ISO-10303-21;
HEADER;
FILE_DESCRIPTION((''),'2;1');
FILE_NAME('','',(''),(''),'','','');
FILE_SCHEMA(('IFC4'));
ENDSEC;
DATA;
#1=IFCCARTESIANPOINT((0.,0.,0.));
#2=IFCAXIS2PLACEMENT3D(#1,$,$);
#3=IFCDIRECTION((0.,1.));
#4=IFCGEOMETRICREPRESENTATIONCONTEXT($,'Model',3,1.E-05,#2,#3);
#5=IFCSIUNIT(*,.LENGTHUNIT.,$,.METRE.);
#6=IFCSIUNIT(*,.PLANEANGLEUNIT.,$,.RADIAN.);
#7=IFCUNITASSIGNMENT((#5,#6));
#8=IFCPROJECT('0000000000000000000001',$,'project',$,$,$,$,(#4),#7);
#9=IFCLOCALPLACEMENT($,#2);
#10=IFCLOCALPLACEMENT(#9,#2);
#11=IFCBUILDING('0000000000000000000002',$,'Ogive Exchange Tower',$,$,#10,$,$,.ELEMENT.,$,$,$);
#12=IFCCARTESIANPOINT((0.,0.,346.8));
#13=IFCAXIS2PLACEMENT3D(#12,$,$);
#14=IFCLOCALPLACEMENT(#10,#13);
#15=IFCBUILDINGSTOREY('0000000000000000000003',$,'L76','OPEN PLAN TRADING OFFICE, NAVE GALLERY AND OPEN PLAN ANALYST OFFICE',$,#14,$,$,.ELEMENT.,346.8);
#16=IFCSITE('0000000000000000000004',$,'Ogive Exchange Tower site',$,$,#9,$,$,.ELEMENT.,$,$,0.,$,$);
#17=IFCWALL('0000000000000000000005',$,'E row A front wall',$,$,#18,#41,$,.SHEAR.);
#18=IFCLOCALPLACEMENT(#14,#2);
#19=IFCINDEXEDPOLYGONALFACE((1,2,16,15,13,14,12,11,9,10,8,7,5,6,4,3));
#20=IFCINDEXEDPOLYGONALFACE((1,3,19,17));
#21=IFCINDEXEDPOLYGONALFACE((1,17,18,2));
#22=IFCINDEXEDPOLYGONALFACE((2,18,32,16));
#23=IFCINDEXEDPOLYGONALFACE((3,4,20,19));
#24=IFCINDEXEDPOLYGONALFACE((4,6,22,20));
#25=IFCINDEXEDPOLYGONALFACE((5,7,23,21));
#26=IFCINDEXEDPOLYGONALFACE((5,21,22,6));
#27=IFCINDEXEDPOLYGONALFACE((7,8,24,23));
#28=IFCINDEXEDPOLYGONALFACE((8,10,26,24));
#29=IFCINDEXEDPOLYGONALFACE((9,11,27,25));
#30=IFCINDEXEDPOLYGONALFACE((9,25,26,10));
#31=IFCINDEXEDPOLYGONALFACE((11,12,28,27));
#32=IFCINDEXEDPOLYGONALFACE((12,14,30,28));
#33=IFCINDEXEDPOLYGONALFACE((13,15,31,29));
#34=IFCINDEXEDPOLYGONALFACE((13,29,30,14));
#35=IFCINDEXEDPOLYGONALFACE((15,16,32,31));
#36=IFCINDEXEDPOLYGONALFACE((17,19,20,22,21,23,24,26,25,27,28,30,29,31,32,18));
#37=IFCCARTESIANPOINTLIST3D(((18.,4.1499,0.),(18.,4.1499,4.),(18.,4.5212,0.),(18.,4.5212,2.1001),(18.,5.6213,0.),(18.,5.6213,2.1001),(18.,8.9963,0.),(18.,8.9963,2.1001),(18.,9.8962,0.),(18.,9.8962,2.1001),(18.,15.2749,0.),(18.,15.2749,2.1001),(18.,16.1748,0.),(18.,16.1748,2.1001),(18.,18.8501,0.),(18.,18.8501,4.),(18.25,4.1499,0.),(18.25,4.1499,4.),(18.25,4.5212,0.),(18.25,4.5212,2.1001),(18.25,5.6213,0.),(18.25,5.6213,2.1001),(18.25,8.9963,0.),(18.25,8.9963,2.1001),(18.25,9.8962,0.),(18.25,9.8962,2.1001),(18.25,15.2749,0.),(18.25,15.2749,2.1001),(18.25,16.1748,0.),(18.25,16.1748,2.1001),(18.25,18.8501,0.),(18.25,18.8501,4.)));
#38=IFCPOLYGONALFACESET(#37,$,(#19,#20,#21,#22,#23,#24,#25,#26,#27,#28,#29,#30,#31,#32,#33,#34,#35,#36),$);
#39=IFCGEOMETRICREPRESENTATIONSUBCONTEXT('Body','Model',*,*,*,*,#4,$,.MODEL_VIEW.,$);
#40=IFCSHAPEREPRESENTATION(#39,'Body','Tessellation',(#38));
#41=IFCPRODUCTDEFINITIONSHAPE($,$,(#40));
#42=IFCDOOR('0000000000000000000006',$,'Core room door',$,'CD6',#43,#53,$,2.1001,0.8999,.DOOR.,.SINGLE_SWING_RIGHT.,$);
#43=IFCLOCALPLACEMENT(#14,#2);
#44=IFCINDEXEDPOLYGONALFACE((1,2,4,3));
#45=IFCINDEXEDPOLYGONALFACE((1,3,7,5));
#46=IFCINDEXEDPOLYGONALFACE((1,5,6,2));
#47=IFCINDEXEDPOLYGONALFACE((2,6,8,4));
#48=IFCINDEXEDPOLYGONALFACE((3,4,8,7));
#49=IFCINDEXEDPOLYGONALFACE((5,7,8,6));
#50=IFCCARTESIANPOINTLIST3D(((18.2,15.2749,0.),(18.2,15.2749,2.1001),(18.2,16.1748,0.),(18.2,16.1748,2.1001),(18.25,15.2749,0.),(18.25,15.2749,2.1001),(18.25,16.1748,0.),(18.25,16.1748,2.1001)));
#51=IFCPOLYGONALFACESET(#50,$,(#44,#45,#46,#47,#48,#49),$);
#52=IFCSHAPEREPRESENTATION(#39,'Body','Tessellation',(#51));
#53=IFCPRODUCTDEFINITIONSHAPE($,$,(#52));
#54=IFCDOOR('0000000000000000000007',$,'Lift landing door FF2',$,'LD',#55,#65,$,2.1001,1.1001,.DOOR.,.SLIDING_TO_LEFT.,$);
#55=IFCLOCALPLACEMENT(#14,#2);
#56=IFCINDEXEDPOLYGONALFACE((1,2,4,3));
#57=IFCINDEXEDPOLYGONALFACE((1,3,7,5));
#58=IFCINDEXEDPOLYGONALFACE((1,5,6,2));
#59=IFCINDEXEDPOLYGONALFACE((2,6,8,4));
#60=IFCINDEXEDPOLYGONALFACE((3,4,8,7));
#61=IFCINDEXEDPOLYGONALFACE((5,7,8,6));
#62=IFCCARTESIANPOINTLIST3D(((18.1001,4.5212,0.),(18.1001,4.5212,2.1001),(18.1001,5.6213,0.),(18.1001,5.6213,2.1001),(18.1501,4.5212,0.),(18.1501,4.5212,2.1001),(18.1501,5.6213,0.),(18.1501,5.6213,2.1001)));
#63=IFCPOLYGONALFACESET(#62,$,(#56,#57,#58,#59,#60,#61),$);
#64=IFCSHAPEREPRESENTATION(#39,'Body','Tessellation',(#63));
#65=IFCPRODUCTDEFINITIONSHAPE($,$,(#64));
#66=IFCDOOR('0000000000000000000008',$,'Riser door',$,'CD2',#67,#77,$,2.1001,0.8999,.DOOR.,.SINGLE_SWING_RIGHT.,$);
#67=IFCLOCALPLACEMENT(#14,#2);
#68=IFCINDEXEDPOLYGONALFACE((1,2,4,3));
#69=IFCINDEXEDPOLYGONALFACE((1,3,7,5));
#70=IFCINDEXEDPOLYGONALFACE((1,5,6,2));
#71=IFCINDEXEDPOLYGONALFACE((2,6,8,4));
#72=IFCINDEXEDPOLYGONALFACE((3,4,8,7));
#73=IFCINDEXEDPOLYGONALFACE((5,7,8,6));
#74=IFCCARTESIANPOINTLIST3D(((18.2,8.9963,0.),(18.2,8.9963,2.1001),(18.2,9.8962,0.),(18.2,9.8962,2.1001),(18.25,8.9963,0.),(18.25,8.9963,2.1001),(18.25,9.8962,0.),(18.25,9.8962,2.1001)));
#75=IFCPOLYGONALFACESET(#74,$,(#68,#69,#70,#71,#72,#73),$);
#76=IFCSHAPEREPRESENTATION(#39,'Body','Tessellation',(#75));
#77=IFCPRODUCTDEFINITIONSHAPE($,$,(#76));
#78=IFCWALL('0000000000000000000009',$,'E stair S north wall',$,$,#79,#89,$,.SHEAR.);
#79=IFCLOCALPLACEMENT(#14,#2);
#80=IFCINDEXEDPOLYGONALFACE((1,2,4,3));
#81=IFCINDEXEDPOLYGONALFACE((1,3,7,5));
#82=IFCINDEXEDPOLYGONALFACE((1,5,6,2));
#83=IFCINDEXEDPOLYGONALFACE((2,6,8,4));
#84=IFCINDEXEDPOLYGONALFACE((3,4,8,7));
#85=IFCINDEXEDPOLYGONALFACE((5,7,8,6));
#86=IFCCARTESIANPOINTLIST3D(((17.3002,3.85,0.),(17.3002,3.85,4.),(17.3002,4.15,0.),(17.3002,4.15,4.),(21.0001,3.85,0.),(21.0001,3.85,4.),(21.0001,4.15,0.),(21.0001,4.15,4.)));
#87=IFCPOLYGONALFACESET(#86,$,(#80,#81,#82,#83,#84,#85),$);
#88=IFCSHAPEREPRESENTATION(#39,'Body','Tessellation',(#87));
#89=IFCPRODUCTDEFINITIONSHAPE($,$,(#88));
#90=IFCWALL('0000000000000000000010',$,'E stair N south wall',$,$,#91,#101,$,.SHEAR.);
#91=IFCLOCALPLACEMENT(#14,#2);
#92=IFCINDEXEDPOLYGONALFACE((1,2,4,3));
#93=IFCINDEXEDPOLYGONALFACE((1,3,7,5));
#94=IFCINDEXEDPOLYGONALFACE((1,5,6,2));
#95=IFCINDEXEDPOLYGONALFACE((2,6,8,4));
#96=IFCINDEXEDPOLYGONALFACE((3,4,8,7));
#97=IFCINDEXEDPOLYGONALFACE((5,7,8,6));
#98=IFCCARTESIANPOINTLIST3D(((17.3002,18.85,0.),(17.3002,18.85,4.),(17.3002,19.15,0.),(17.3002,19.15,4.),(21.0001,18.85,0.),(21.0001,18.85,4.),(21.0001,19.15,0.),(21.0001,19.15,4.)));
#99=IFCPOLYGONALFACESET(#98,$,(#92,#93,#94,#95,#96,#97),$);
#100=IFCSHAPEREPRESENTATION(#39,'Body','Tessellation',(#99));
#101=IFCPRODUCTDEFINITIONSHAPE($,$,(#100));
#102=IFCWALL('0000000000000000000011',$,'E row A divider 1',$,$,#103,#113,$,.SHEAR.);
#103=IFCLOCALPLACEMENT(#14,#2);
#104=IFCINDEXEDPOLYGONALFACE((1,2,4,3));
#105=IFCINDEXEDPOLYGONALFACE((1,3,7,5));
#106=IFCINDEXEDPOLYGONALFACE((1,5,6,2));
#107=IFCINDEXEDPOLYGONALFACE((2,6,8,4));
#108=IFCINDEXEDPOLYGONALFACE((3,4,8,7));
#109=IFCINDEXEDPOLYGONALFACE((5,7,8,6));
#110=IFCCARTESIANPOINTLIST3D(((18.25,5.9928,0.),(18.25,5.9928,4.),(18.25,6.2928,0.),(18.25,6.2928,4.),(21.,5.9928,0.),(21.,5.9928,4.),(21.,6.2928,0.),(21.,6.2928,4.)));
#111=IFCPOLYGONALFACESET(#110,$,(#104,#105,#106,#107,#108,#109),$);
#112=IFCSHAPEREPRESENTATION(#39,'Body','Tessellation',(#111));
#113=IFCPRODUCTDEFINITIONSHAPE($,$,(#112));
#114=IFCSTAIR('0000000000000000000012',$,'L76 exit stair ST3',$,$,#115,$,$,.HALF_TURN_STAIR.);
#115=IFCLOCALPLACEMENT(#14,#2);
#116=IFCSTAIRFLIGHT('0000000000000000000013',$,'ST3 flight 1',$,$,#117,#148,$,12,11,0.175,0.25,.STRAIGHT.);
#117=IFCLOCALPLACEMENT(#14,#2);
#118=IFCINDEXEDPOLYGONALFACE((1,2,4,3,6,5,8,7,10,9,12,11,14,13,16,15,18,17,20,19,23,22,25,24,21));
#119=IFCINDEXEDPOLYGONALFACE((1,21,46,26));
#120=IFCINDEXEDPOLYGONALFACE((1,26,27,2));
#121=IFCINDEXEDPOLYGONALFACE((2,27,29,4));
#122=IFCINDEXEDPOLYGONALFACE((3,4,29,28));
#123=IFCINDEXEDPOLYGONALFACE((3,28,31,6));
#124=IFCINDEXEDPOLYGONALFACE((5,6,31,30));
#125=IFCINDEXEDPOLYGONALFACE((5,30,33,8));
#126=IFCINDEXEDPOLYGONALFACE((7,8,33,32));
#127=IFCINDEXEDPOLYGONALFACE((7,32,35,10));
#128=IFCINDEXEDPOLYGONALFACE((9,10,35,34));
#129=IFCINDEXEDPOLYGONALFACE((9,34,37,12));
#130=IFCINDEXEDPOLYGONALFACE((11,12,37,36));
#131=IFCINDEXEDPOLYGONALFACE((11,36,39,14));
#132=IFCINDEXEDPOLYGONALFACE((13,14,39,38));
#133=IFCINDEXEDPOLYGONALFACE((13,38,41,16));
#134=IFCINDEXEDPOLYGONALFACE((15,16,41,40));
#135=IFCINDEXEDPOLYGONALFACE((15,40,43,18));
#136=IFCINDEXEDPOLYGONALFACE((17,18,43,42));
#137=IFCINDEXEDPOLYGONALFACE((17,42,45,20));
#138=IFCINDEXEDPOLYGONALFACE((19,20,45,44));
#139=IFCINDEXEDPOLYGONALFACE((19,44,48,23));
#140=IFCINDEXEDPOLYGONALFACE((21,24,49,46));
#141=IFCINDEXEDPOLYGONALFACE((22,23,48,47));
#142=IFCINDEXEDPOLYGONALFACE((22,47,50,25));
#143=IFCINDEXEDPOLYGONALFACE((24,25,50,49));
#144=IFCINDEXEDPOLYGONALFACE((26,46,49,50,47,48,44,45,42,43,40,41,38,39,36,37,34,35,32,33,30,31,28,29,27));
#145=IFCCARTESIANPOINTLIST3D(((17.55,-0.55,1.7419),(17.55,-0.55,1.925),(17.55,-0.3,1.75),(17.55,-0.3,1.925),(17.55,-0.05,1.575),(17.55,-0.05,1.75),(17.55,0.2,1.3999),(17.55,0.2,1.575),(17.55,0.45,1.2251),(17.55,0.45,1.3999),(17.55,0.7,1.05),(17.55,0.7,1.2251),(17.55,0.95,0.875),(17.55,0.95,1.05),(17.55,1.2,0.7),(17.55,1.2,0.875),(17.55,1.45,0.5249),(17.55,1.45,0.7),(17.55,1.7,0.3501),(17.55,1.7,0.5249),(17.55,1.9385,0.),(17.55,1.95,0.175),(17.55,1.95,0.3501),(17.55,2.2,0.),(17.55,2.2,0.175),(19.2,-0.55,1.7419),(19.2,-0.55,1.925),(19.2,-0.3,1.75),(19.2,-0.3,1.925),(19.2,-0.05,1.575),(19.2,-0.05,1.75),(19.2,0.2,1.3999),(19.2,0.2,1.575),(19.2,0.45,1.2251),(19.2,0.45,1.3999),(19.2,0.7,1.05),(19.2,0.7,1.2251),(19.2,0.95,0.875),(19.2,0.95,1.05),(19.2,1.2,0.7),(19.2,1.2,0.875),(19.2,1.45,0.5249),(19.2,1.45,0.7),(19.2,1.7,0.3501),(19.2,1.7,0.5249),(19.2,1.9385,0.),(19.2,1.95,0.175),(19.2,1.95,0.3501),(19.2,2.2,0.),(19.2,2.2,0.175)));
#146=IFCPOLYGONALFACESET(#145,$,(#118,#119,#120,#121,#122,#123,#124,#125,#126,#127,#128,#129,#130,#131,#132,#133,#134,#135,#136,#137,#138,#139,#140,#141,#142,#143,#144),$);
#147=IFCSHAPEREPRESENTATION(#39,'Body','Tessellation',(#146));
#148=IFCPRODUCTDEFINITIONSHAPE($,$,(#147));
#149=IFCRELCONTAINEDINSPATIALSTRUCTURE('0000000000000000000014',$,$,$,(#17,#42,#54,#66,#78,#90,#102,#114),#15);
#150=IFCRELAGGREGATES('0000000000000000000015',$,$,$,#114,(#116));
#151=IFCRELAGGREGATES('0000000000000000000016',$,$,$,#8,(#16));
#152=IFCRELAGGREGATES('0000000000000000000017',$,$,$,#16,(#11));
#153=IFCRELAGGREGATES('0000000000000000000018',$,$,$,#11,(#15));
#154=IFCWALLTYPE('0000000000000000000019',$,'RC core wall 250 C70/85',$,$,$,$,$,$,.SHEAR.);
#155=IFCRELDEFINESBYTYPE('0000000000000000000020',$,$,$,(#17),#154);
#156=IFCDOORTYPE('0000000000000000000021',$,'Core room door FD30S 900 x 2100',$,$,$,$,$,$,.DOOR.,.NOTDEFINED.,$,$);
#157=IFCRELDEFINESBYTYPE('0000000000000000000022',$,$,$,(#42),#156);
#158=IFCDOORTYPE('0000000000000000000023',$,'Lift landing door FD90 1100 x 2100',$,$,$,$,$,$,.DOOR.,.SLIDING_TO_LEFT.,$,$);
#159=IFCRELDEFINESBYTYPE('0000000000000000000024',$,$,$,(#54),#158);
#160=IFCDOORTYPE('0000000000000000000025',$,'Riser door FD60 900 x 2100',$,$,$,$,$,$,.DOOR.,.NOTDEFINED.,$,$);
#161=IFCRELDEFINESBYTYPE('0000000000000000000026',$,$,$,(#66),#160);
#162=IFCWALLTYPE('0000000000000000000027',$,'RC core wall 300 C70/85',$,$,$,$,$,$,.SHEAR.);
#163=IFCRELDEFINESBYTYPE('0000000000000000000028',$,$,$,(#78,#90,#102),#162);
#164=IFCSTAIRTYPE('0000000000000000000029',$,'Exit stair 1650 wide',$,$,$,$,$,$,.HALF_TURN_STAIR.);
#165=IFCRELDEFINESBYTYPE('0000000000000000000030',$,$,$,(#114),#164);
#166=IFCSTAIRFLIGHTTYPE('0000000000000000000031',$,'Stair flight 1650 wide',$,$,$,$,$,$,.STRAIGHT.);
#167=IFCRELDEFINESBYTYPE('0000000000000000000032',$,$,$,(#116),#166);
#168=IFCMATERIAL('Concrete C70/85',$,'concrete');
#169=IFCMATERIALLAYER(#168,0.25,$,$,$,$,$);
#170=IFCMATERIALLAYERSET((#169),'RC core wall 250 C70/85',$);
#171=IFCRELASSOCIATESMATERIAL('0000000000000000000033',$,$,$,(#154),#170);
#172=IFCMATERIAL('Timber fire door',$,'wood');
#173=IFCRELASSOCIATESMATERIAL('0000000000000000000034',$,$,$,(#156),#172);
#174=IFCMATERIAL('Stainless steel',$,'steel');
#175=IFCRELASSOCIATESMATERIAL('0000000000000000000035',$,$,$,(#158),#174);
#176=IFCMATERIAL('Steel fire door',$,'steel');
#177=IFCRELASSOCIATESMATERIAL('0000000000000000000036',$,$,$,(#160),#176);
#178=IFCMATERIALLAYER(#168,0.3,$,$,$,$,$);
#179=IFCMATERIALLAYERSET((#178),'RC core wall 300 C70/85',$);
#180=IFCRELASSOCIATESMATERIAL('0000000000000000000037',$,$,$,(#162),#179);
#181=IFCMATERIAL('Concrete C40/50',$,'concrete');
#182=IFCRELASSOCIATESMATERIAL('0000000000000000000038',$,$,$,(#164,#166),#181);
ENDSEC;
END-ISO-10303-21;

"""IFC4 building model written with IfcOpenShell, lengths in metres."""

from ifc_helpers import new_model, si_unit, direction, frame, frame_2d, origin, place, context, subcontext, project, spatial, polyline, rectangle, outline, extrude, material, layer, layer_set, type_object, element, fill, aggregate, save


model = new_model("IFC4")

# Units and contexts
model_context = context("Model", 3, precision=1e-05, world=origin(), true_north=direction((0.0, 1.0)))
body_context = subcontext(model_context, "Body", "Model", "MODEL_VIEW")
ifc_project = project(units=[si_unit("LENGTHUNIT", "METRE"), si_unit("PLANEANGLEUNIT", "RADIAN")], contexts=[model_context])

# Site, building, storey
site_placement = place(None, origin())
site = spatial("IfcSite", under=ifc_project, at=site_placement, Name="Ogive Exchange Tower site", CompositionType="ELEMENT", RefElevation=0.0)
building_placement = place(site_placement, origin())
building = spatial("IfcBuilding", under=site, at=building_placement, Name="Ogive Exchange Tower", CompositionType="ELEMENT")
storey_placement = place(building_placement, frame((0.0, 0.0, 346.8)))
storey = spatial("IfcBuildingStorey", under=building, at=storey_placement, Name="L76", Description="OPEN PLAN TRADING OFFICE, NAVE GALLERY AND OPEN PLAN ANALYST OFFICE", CompositionType="ELEMENT", Elevation=346.8)

# Wall, openings, doors
ifc_material_1 = material(Name="Concrete C70/85", Category="concrete")
ifc_layer_1 = layer(ifc_material_1, 0.25)
ifc_layer_set_1 = layer_set([ifc_layer_1], Name="RC core wall 250 C70/85")
wall_type_1 = type_object("IfcWallType", Name="RC core wall 250 C70/85", PredefinedType="SHEAR", material=ifc_layer_set_1)
wall_1_placement = place(storey_placement, frame((18.125, 4.1499, 0.0), z_axis=(0.0, 0.0, 1.0), x_axis=(0.0, 1.0, 0.0)))
wall_1 = element("IfcWall", 1, at=wall_1_placement, inside=storey, type_object=wall_type_1, Name="E row A front wall", PredefinedType="SHEAR", context=body_context, shape_type="SweptSolid", body=[
    extrude(rectangle(XDim=14.7002, YDim=0.25, at=frame_2d((7.3501, 0.0))), origin(), (0.0, 0.0, 1.0), 4.0),
])
opening_1_placement = place(wall_1_placement, frame((4.8464, 0.0, 0.0)))
opening_1 = element("IfcOpeningElement", 2, at=opening_1_placement, cuts=wall_1, PredefinedType="OPENING", context=body_context, shape_type="SweptSolid", body=[
    extrude(rectangle(XDim=0.8999, YDim=2.1001, at=frame_2d((0.45, 1.05))), frame((0.0, 0.135, 0.0), z_axis=(0.0, -1.0, 0.0), x_axis=(1.0, 0.0, 0.0)), (0.0, 0.0, 1.0), 0.27),
])
opening_2_placement = place(wall_1_placement, frame((11.125, 0.0, 0.0)))
opening_2 = element("IfcOpeningElement", 3, at=opening_2_placement, cuts=wall_1, PredefinedType="OPENING", context=body_context, shape_type="SweptSolid", body=[
    extrude(rectangle(XDim=0.8999, YDim=2.1001, at=frame_2d((0.45, 1.05))), frame((0.0, 0.135, 0.0), z_axis=(0.0, -1.0, 0.0), x_axis=(1.0, 0.0, 0.0)), (0.0, 0.0, 1.0), 0.27),
])
opening_3_placement = place(wall_1_placement, frame((0.3713, 0.0, 0.0)))
opening_3 = element("IfcOpeningElement", 4, at=opening_3_placement, cuts=wall_1, PredefinedType="OPENING", context=body_context, shape_type="SweptSolid", body=[
    extrude(rectangle(XDim=1.1001, YDim=2.1001, at=frame_2d((0.55, 1.05))), frame((0.0, 0.135, 0.0), z_axis=(0.0, -1.0, 0.0), x_axis=(1.0, 0.0, 0.0)), (0.0, 0.0, 1.0), 0.27),
])
ifc_material_2 = material(Name="Timber fire door", Category="wood")
door_type_1 = type_object("IfcDoorType", Name="Core room door FD30S 900 x 2100", OperationType="NOTDEFINED", PredefinedType="DOOR", material=ifc_material_2)
door_1_placement = place(opening_2_placement, frame((0.8999, -0.2002, 0.0), z_axis=(0.0, 0.0, 1.0), x_axis=(-1.0, 0.0, 0.0)))
door_1 = element("IfcDoor", 5, at=door_1_placement, inside=storey, type_object=door_type_1, Name="Core room door", ObjectType="CD6", OperationType="SINGLE_SWING_RIGHT", OverallHeight=2.1001, OverallWidth=0.8999, PredefinedType="DOOR", context=body_context, shape_type="SweptSolid", body=[
    extrude(rectangle(XDim=0.8999, YDim=2.1001, at=frame_2d((0.45, 1.05))), frame((0.0, -0.0752, 0.0), z_axis=(0.0, -1.0, 0.0), x_axis=(1.0, 0.0, 0.0)), (0.0, 0.0, 1.0), 0.05),
])
fill(opening_2, door_1)
ifc_material_3 = material(Name="Stainless steel", Category="steel")
door_type_2 = type_object("IfcDoorType", Name="Lift landing door FD90 1100 x 2100", OperationType="SLIDING_TO_LEFT", PredefinedType="DOOR", material=ifc_material_3)
door_2_placement = place(opening_3_placement, origin())
door_2 = element("IfcDoor", 6, at=door_2_placement, inside=storey, type_object=door_type_2, Name="Lift landing door FF2", ObjectType="LD", OperationType="SLIDING_TO_LEFT", OverallHeight=2.1001, OverallWidth=1.1001, PredefinedType="DOOR", context=body_context, shape_type="SweptSolid", body=[
    extrude(rectangle(XDim=1.1001, YDim=2.1001, at=frame_2d((0.55, 1.05))), frame((0.0, 0.0249, 0.0), z_axis=(0.0, -1.0, 0.0), x_axis=(1.0, 0.0, 0.0)), (0.0, 0.0, 1.0), 0.05),
])
fill(opening_3, door_2)
ifc_material_4 = material(Name="Steel fire door", Category="steel")
door_type_3 = type_object("IfcDoorType", Name="Riser door FD60 900 x 2100", OperationType="NOTDEFINED", PredefinedType="DOOR", material=ifc_material_4)
door_3_placement = place(opening_1_placement, frame((0.8999, -0.2002, 0.0), z_axis=(0.0, 0.0, 1.0), x_axis=(-1.0, 0.0, 0.0)))
door_3 = element("IfcDoor", 7, at=door_3_placement, inside=storey, type_object=door_type_3, Name="Riser door", ObjectType="CD2", OperationType="SINGLE_SWING_RIGHT", OverallHeight=2.1001, OverallWidth=0.8999, PredefinedType="DOOR", context=body_context, shape_type="SweptSolid", body=[
    extrude(rectangle(XDim=0.8999, YDim=2.1001, at=frame_2d((0.45, 1.05))), frame((0.0, -0.0752, 0.0), z_axis=(0.0, -1.0, 0.0), x_axis=(1.0, 0.0, 0.0)), (0.0, 0.0, 1.0), 0.05),
])
fill(opening_1, door_3)

# Walls
ifc_layer_2 = layer(ifc_material_1, 0.3)
ifc_layer_set_2 = layer_set([ifc_layer_2], Name="RC core wall 300 C70/85")
wall_type_2 = type_object("IfcWallType", Name="RC core wall 300 C70/85", PredefinedType="SHEAR", material=ifc_layer_set_2)
for number, where, z_axis, x_axis, name in (
    (8, (17.3, 4.0, 0.0), (0.0, 0.0, 1.0), (1.0, 0.0, 0.0), "E stair S north wall"),
    (9, (17.3, 19.0, 0.0), (0.0, 0.0, 1.0), (1.0, 0.0, 0.0), "E stair N south wall"),
):
    element("IfcWall", number, at=place(storey_placement, frame(where, z_axis=z_axis, x_axis=x_axis)), inside=storey, type_object=wall_type_2, Name=name, PredefinedType="SHEAR", context=body_context, shape_type="SweptSolid", body=[
        extrude(rectangle(XDim=3.7, YDim=0.3, at=frame_2d((1.8501, 0.0))), origin(), (0.0, 0.0, 1.0), 4.0),
    ])
wall_2_placement = place(storey_placement, frame((18.25, 6.1428, 0.0), z_axis=(0.0, 0.0, 1.0), x_axis=(1.0, 0.0, 0.0)))
element("IfcWall", 10, at=wall_2_placement, inside=storey, type_object=wall_type_2, Name="E row A divider 1", PredefinedType="SHEAR", context=body_context, shape_type="SweptSolid", body=[
    extrude(rectangle(XDim=2.75, YDim=0.3, at=frame_2d((1.375, 0.0))), origin(), (0.0, 0.0, 1.0), 4.0),
])

# Stair, stair flight
ifc_material_5 = material(Name="Concrete C40/50", Category="concrete")
stair_type = type_object("IfcStairType", Name="Exit stair 1650 wide", PredefinedType="HALF_TURN_STAIR", material=ifc_material_5)
stair_placement = place(storey_placement, origin())
stair = element("IfcStair", 11, at=stair_placement, inside=storey, type_object=stair_type, Name="L76 exit stair ST3", PredefinedType="HALF_TURN_STAIR")
stair_flight_type = type_object("IfcStairFlightType", Name="Stair flight 1650 wide", PredefinedType="STRAIGHT", material=ifc_material_5)
stair_flight_1_placement = place(storey_placement, frame((18.375, 2.2, 0.0), z_axis=(0.0, 0.0, 1.0), x_axis=(0.0, -1.0, 0.0)))
stair_flight_1 = element("IfcStairFlight", 12, at=stair_flight_1_placement, type_object=stair_flight_type, Name="ST3 flight 1", NumberOfRisers=12, NumberOfTreads=11, PredefinedType="STRAIGHT", RiserHeight=0.175, TreadLength=0.25, context=body_context, shape_type="SweptSolid", body=[
    extrude(outline(polyline([(0.0, 0.0), (0.0, 0.175), (0.25, 0.175), (0.25, 0.3501), (0.5, 0.3501), (0.5, 0.5249), (0.75, 0.5249), (0.75, 0.7), (1.0, 0.7), (1.0, 0.875), (1.25, 0.875), (1.25, 1.05), (1.5, 1.05), (1.5, 1.2251), (1.75, 1.2251), (1.75, 1.3999), (2.0, 1.3999), (2.0, 1.575), (2.25, 1.575), (2.25, 1.75), (2.5, 1.75), (2.5, 1.925), (2.75, 1.925), (2.75, 2.1001), (2.75, 1.7419), (0.2615, 0.0), (0.0, 0.0)])), frame((0.0, 0.825, 0.0), z_axis=(0.0, -1.0, 0.0), x_axis=(1.0, 0.0, 0.0)), (0.0, 0.0, 1.0), 1.6499),
])
aggregate(stair, [stair_flight_1])

save(model, "model.ifc")
